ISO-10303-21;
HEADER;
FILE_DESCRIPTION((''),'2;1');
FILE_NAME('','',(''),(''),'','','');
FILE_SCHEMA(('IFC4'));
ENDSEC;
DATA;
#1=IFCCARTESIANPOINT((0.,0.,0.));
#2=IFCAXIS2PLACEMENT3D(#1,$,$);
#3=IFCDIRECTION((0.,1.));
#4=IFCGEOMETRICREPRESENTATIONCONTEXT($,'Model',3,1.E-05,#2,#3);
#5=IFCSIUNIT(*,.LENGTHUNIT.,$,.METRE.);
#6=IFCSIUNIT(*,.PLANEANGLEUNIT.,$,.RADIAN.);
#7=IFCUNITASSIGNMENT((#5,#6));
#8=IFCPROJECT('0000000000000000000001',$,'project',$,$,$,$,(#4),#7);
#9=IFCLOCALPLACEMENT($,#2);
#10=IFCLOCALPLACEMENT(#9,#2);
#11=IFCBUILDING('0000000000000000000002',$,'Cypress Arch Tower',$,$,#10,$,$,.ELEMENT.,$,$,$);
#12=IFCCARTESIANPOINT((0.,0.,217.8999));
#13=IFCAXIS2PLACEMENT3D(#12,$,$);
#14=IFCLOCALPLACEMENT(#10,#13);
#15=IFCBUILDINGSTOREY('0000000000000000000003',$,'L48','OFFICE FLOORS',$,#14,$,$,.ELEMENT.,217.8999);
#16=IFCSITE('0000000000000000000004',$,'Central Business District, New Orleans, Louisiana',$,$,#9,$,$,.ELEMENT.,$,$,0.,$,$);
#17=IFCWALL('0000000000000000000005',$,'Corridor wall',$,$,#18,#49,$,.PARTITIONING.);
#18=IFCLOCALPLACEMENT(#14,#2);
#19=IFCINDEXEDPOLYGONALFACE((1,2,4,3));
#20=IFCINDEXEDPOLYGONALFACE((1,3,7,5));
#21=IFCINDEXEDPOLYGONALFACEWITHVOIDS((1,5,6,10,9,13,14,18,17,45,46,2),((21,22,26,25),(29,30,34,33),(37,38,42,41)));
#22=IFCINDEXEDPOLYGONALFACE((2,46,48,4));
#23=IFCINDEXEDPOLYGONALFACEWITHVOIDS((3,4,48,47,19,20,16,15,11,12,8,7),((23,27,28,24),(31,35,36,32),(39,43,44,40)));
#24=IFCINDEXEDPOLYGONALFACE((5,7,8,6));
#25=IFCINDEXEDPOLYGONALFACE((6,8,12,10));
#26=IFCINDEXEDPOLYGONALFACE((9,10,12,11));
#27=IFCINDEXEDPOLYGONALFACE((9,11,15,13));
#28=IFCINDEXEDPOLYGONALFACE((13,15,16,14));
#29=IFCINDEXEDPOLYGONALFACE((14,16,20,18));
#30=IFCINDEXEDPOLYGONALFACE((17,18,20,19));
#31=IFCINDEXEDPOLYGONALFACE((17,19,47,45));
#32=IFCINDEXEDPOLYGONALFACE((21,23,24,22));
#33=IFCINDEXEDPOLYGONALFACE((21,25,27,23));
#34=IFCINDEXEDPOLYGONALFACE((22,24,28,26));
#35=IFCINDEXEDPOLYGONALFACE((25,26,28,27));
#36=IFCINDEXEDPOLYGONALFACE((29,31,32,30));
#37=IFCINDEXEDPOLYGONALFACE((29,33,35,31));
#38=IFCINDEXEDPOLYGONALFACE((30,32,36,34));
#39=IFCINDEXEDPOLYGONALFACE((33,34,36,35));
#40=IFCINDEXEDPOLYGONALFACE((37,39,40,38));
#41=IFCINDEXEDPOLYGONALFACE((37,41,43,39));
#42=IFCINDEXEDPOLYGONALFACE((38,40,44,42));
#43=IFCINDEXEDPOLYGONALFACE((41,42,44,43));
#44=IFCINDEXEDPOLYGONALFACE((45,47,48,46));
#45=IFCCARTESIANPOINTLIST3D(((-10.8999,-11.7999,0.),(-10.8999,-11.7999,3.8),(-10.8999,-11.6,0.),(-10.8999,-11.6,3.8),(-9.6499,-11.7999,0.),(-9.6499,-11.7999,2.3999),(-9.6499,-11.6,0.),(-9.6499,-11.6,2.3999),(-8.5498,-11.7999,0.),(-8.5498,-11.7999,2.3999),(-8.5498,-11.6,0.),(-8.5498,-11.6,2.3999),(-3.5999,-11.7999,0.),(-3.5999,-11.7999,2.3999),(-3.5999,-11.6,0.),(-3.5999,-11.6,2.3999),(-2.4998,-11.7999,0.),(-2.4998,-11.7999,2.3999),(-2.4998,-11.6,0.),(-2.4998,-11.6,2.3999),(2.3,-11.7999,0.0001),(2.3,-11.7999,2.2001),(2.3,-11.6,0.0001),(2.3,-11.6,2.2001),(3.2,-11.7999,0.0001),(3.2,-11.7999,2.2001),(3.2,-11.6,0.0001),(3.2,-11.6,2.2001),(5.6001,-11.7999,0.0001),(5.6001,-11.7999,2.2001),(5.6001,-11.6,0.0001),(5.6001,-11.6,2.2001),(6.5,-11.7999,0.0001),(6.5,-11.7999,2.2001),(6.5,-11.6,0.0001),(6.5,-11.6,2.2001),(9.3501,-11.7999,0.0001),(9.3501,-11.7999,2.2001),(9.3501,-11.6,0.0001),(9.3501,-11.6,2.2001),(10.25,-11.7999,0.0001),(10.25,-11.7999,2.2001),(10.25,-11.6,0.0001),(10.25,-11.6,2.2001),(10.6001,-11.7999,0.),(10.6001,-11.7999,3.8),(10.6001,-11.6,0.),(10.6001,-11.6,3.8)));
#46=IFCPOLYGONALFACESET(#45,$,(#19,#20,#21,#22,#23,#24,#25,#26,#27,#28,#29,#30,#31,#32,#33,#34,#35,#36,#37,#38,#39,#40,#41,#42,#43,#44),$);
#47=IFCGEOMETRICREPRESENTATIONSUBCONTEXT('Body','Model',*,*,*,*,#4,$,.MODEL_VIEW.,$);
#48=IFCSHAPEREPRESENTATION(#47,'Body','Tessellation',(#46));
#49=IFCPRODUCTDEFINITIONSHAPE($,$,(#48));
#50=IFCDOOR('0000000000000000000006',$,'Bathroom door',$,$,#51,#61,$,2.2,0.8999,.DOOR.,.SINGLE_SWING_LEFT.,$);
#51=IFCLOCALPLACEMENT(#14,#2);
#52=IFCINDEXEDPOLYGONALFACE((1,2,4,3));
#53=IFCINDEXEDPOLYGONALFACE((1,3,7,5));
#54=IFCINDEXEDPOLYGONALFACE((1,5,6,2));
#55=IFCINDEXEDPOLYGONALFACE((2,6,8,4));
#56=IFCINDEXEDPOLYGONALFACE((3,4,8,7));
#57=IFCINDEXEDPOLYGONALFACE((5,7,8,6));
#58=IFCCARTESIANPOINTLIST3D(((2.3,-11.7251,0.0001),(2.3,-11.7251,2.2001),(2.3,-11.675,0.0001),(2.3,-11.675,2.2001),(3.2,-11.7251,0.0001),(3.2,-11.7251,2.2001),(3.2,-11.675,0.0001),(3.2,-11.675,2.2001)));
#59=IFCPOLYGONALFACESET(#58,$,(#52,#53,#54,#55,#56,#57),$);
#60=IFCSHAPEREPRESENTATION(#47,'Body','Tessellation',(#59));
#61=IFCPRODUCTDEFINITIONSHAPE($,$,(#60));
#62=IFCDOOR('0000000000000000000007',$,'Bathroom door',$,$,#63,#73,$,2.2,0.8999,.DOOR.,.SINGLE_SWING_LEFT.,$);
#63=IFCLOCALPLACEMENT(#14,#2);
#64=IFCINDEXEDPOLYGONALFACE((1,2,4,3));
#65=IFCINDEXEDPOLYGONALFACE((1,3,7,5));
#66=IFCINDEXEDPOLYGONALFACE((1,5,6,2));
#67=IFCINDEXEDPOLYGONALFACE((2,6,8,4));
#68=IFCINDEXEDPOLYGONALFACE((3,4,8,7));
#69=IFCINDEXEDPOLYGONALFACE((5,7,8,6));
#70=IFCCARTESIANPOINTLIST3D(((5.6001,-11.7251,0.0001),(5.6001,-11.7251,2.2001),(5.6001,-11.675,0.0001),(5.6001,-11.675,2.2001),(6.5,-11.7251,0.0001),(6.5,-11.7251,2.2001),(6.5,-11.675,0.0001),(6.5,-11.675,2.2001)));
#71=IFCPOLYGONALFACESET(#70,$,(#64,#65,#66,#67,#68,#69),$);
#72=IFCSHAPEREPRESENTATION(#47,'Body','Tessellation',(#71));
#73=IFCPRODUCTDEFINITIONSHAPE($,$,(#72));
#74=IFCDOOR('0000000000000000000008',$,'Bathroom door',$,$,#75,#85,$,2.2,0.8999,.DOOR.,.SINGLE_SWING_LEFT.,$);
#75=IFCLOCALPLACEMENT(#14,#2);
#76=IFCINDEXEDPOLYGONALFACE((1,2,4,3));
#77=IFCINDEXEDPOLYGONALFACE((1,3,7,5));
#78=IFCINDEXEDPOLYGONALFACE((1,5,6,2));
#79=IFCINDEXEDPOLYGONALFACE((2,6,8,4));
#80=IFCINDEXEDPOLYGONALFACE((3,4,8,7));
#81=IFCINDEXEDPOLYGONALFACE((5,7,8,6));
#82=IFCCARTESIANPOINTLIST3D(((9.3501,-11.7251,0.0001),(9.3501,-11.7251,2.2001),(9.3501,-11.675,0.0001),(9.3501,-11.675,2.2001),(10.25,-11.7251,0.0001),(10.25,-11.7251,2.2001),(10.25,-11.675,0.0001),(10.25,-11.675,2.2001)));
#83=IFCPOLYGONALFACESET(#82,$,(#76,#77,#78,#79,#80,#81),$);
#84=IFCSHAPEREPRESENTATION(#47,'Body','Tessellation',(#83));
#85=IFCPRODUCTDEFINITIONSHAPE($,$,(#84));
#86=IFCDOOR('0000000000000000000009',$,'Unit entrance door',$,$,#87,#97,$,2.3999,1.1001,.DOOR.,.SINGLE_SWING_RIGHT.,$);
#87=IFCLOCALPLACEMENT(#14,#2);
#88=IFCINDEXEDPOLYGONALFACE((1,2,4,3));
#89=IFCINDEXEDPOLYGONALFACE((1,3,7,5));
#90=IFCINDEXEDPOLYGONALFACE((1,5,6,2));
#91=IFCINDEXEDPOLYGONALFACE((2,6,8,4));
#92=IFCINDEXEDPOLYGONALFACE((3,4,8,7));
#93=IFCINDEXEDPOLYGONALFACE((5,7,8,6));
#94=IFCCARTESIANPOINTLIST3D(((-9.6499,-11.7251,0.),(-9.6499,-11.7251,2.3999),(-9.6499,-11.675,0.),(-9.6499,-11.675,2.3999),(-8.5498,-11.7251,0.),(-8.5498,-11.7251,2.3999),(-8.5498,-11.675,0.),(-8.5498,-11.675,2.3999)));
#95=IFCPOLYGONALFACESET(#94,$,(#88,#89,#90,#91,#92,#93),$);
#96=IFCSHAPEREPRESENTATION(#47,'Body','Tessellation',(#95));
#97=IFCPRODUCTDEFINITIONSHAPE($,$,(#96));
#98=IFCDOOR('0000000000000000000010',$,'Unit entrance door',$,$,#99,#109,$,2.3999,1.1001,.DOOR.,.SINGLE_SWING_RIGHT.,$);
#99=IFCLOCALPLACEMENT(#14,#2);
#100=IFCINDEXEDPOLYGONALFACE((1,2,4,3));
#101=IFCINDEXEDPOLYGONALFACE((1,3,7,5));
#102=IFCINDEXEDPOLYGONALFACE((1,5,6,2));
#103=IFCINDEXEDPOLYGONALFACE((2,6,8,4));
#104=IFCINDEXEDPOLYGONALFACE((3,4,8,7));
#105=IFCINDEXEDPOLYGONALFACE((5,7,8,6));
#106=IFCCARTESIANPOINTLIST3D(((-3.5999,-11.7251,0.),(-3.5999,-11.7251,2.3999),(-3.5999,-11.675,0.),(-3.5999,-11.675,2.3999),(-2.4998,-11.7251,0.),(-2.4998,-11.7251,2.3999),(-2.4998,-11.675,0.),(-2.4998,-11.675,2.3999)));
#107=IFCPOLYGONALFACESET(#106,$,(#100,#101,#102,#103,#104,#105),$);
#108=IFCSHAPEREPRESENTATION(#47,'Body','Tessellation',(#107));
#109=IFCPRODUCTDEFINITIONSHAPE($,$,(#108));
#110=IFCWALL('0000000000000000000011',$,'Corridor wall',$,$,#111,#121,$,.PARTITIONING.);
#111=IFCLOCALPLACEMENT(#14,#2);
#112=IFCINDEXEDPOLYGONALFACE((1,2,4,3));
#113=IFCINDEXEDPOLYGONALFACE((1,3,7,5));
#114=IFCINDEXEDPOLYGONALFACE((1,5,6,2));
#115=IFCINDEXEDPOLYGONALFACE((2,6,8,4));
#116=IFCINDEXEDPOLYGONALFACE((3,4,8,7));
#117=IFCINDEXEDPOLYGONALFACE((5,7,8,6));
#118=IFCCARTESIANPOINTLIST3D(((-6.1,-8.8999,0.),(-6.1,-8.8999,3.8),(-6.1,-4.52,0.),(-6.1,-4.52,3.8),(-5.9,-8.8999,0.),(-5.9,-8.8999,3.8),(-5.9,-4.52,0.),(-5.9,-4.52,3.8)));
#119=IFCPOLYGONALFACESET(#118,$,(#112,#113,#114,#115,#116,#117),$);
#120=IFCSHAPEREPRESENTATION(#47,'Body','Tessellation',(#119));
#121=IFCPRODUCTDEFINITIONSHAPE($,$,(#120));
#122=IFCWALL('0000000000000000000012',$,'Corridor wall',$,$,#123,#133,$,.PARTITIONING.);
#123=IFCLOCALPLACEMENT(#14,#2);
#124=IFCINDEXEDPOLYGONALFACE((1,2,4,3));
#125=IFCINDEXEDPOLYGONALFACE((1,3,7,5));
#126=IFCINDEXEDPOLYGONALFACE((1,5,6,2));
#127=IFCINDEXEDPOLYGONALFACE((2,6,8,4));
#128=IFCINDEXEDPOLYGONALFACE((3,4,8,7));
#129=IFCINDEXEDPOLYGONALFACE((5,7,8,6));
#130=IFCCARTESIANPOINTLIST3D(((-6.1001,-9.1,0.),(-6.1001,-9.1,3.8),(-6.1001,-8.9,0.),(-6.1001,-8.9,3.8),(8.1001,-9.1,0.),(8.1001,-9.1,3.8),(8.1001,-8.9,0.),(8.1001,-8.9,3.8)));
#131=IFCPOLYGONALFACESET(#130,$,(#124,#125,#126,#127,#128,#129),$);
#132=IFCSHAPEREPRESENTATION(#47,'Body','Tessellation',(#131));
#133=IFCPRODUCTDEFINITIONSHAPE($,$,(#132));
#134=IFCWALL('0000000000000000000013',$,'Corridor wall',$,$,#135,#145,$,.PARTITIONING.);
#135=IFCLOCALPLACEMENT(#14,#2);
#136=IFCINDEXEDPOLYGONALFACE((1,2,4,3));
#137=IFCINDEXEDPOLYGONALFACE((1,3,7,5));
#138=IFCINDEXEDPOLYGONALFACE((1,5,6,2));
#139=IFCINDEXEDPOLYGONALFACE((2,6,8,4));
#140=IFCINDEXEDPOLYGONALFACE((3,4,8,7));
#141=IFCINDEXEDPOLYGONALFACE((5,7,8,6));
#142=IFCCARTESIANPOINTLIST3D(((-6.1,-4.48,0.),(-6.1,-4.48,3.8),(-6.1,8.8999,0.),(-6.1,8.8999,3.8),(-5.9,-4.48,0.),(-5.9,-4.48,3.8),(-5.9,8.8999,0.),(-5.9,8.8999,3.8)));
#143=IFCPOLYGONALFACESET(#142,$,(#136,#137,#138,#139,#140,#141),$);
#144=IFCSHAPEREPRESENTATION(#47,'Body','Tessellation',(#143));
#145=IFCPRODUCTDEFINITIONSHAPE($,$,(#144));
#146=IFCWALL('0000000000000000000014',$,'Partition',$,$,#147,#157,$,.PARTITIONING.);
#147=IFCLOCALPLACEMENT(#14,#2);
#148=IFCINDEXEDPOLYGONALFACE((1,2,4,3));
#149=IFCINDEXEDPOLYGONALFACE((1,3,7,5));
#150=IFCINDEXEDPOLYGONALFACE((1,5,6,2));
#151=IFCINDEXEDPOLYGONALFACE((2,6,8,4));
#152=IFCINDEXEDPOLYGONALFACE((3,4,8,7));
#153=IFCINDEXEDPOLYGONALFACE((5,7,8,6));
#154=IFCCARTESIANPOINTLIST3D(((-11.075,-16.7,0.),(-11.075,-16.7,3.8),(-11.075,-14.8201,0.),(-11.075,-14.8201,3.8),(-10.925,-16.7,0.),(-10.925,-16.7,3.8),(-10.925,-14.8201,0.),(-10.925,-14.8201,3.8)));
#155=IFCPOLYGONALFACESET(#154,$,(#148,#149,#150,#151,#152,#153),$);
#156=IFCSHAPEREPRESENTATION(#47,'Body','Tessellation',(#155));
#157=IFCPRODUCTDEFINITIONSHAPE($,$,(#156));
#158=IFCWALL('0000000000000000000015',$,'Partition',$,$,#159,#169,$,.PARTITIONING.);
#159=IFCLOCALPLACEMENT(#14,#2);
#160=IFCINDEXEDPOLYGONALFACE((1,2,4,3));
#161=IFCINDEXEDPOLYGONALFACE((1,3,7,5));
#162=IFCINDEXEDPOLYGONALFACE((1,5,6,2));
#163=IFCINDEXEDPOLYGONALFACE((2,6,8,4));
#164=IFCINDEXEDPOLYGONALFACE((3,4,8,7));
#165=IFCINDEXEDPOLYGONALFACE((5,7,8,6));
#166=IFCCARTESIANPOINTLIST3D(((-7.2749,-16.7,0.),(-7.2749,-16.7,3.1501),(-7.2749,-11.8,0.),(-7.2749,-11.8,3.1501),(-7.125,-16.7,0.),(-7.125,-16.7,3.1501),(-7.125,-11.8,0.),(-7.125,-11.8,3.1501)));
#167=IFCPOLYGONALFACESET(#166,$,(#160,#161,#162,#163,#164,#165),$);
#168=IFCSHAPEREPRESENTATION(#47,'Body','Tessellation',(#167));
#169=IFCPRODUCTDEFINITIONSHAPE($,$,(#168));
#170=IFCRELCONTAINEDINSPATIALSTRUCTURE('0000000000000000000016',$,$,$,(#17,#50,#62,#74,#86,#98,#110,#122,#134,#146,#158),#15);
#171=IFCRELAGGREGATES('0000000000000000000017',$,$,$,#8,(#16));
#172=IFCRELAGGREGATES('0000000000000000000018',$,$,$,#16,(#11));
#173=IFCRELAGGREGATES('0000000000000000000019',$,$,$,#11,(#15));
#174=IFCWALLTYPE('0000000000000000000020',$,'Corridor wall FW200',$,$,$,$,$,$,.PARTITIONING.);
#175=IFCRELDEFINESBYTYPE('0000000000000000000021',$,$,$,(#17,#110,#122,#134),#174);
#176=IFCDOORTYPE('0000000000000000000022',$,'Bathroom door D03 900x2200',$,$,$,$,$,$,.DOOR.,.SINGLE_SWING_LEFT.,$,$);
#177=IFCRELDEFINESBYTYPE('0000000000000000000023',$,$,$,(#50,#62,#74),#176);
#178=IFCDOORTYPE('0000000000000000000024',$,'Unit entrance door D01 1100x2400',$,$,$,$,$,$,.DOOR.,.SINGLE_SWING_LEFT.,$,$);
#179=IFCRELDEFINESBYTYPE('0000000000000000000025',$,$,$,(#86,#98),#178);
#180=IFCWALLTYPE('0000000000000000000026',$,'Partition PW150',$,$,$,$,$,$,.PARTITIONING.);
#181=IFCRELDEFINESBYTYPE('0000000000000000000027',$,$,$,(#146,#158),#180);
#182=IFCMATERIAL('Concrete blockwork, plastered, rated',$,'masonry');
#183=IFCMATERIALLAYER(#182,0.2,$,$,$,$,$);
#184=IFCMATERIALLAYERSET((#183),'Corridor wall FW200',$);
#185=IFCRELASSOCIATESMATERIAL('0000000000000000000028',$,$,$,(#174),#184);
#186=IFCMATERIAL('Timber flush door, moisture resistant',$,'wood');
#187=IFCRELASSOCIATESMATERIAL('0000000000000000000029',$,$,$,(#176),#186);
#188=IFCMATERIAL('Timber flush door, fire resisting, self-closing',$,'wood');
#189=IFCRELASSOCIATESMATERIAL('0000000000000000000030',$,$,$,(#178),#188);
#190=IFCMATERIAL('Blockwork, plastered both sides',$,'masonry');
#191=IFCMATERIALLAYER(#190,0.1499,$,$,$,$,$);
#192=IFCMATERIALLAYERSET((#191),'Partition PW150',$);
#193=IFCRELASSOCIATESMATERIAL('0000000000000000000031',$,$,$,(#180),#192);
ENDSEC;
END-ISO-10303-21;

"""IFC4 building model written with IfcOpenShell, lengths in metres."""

from ifc_helpers import new_model, si_unit, direction, frame, frame_2d, origin, place, context, subcontext, project, spatial, rectangle, extrude, material, layer, layer_set, type_object, element, fill, save


model = new_model("IFC4")

# Units and contexts
model_context = context("Model", 3, precision=1e-05, world=origin(), true_north=direction((0.0, 1.0)))
body_context = subcontext(model_context, "Body", "Model", "MODEL_VIEW")
ifc_project = project(units=[si_unit("LENGTHUNIT", "METRE"), si_unit("PLANEANGLEUNIT", "RADIAN")], contexts=[model_context])

# Site, building, storey
site_placement = place(None, origin())
site = spatial("IfcSite", under=ifc_project, at=site_placement, Name="Central Business District, New Orleans, Louisiana", CompositionType="ELEMENT", RefElevation=0.0)
building_placement = place(site_placement, origin())
building = spatial("IfcBuilding", under=site, at=building_placement, Name="Cypress Arch Tower", CompositionType="ELEMENT")
storey_placement = place(building_placement, frame((0.0, 0.0, 217.8999)))
storey = spatial("IfcBuildingStorey", under=building, at=storey_placement, Name="L48", Description="OFFICE FLOORS", CompositionType="ELEMENT", Elevation=217.8999)

# Shared definitions
ifc_material_1 = material(Name="Concrete blockwork, plastered, rated", Category="masonry")
ifc_layer_1 = layer(ifc_material_1, 0.2)
ifc_layer_set_1 = layer_set([ifc_layer_1], Name="Corridor wall FW200")
wall_type_1 = type_object("IfcWallType", Name="Corridor wall FW200", PredefinedType="PARTITIONING", material=ifc_layer_set_1)

# Wall, openings, doors
wall_1_placement = place(storey_placement, frame((-10.8999, -11.7, 0.0), z_axis=(0.0, 0.0, 1.0), x_axis=(1.0, 0.0, 0.0)))
wall_1 = element("IfcWall", 1, at=wall_1_placement, inside=storey, type_object=wall_type_1, Name="Corridor wall", PredefinedType="PARTITIONING", context=body_context, shape_type="SweptSolid", body=[
    extrude(rectangle(XDim=21.5, YDim=0.2, at=frame_2d((10.75, 0.0))), origin(), (0.0, 0.0, 1.0), 3.8),
])
opening_1_placement = place(wall_1_placement, frame((13.2, 0.0, 0.0)))
opening_1 = element("IfcOpeningElement", 2, at=opening_1_placement, cuts=wall_1, PredefinedType="OPENING", context=body_context, shape_type="SweptSolid", body=[
    extrude(rectangle(XDim=0.8999, YDim=2.2, at=frame_2d((0.45, 1.1001))), frame((0.0, 0.1099, 0.0), z_axis=(0.0, -1.0, 0.0), x_axis=(1.0, 0.0, 0.0)), (0.0, 0.0, 1.0), 0.22),
])
opening_2_placement = place(wall_1_placement, frame((16.5, 0.0, 0.0)))
opening_2 = element("IfcOpeningElement", 3, at=opening_2_placement, cuts=wall_1, PredefinedType="OPENING", context=body_context, shape_type="SweptSolid", body=[
    extrude(rectangle(XDim=0.8999, YDim=2.2, at=frame_2d((0.45, 1.1001))), frame((0.0, 0.1099, 0.0), z_axis=(0.0, -1.0, 0.0), x_axis=(1.0, 0.0, 0.0)), (0.0, 0.0, 1.0), 0.22),
])
opening_3_placement = place(wall_1_placement, frame((20.25, 0.0, 0.0)))
opening_3 = element("IfcOpeningElement", 4, at=opening_3_placement, cuts=wall_1, PredefinedType="OPENING", context=body_context, shape_type="SweptSolid", body=[
    extrude(rectangle(XDim=0.8999, YDim=2.2, at=frame_2d((0.45, 1.1001))), frame((0.0, 0.1099, 0.0), z_axis=(0.0, -1.0, 0.0), x_axis=(1.0, 0.0, 0.0)), (0.0, 0.0, 1.0), 0.22),
])
opening_4_placement = place(wall_1_placement, frame((1.25, 0.0, 0.0)))
opening_4 = element("IfcOpeningElement", 5, at=opening_4_placement, cuts=wall_1, PredefinedType="OPENING", context=body_context, shape_type="SweptSolid", body=[
    extrude(rectangle(XDim=1.1001, YDim=2.3999, at=frame_2d((0.55, 1.2))), frame((0.0, 0.1099, 0.0), z_axis=(0.0, -1.0, 0.0), x_axis=(1.0, 0.0, 0.0)), (0.0, 0.0, 1.0), 0.22),
])
opening_5_placement = place(wall_1_placement, frame((7.3, 0.0, 0.0)))
opening_5 = element("IfcOpeningElement", 6, at=opening_5_placement, cuts=wall_1, PredefinedType="OPENING", context=body_context, shape_type="SweptSolid", body=[
    extrude(rectangle(XDim=1.1001, YDim=2.3999, at=frame_2d((0.55, 1.2))), frame((0.0, 0.1099, 0.0), z_axis=(0.0, -1.0, 0.0), x_axis=(1.0, 0.0, 0.0)), (0.0, 0.0, 1.0), 0.22),
])
ifc_material_2 = material(Name="Timber flush door, moisture resistant", Category="wood")
door_type_1 = type_object("IfcDoorType", Name="Bathroom door D03 900x2200", OperationType="SINGLE_SWING_LEFT", PredefinedType="DOOR", material=ifc_material_2)
door_1_placement = place(opening_1_placement, origin())
door_1 = element("IfcDoor", 7, at=door_1_placement, inside=storey, type_object=door_type_1, Name="Bathroom door", OperationType="SINGLE_SWING_LEFT", OverallHeight=2.2, OverallWidth=0.8999, PredefinedType="DOOR", context=body_context, shape_type="SweptSolid", body=[
    extrude(rectangle(XDim=0.8999, YDim=2.2, at=frame_2d((0.45, 1.1001))), frame((0.0, 0.0249, 0.0), z_axis=(0.0, -1.0, 0.0), x_axis=(1.0, 0.0, 0.0)), (0.0, 0.0, 1.0), 0.05),
])
fill(opening_1, door_1)
door_2_placement = place(opening_2_placement, origin())
door_2 = element("IfcDoor", 8, at=door_2_placement, inside=storey, type_object=door_type_1, Name="Bathroom door", OperationType="SINGLE_SWING_LEFT", OverallHeight=2.2, OverallWidth=0.8999, PredefinedType="DOOR", context=body_context, shape_type="SweptSolid", body=[
    extrude(rectangle(XDim=0.8999, YDim=2.2, at=frame_2d((0.45, 1.1001))), frame((0.0, 0.0249, 0.0), z_axis=(0.0, -1.0, 0.0), x_axis=(1.0, 0.0, 0.0)), (0.0, 0.0, 1.0), 0.05),
])
fill(opening_2, door_2)
door_3_placement = place(opening_3_placement, origin())
door_3 = element("IfcDoor", 9, at=door_3_placement, inside=storey, type_object=door_type_1, Name="Bathroom door", OperationType="SINGLE_SWING_LEFT", OverallHeight=2.2, OverallWidth=0.8999, PredefinedType="DOOR", context=body_context, shape_type="SweptSolid", body=[
    extrude(rectangle(XDim=0.8999, YDim=2.2, at=frame_2d((0.45, 1.1001))), frame((0.0, 0.0249, 0.0), z_axis=(0.0, -1.0, 0.0), x_axis=(1.0, 0.0, 0.0)), (0.0, 0.0, 1.0), 0.05),
])
fill(opening_3, door_3)
ifc_material_3 = material(Name="Timber flush door, fire resisting, self-closing", Category="wood")
door_type_2 = type_object("IfcDoorType", Name="Unit entrance door D01 1100x2400", OperationType="SINGLE_SWING_LEFT", PredefinedType="DOOR", material=ifc_material_3)
door_4_placement = place(opening_4_placement, origin())
door_4 = element("IfcDoor", 10, at=door_4_placement, inside=storey, type_object=door_type_2, Name="Unit entrance door", OperationType="SINGLE_SWING_RIGHT", OverallHeight=2.3999, OverallWidth=1.1001, PredefinedType="DOOR", context=body_context, shape_type="SweptSolid", body=[
    extrude(rectangle(XDim=1.1001, YDim=2.3999, at=frame_2d((0.55, 1.2))), frame((0.0, 0.0249, 0.0), z_axis=(0.0, -1.0, 0.0), x_axis=(1.0, 0.0, 0.0)), (0.0, 0.0, 1.0), 0.05),
])
fill(opening_4, door_4)
door_5_placement = place(opening_5_placement, origin())
door_5 = element("IfcDoor", 11, at=door_5_placement, inside=storey, type_object=door_type_2, Name="Unit entrance door", OperationType="SINGLE_SWING_RIGHT", OverallHeight=2.3999, OverallWidth=1.1001, PredefinedType="DOOR", context=body_context, shape_type="SweptSolid", body=[
    extrude(rectangle(XDim=1.1001, YDim=2.3999, at=frame_2d((0.55, 1.2))), frame((0.0, 0.0249, 0.0), z_axis=(0.0, -1.0, 0.0), x_axis=(1.0, 0.0, 0.0)), (0.0, 0.0, 1.0), 0.05),
])
fill(opening_5, door_5)

# Walls
wall_2_placement = place(storey_placement, frame((-6.0, -8.8999, 0.0), z_axis=(0.0, 0.0, 1.0), x_axis=(0.0, 1.0, 0.0)))
element("IfcWall", 12, at=wall_2_placement, inside=storey, type_object=wall_type_1, Name="Corridor wall", PredefinedType="PARTITIONING", context=body_context, shape_type="SweptSolid", body=[
    extrude(rectangle(XDim=4.3799, YDim=0.2, at=frame_2d((2.1899, 0.0))), origin(), (0.0, 0.0, 1.0), 3.8),
])
wall_3_placement = place(storey_placement, frame((-6.1001, -9.0, 0.0), z_axis=(0.0, 0.0, 1.0), x_axis=(1.0, 0.0, 0.0)))
element("IfcWall", 13, at=wall_3_placement, inside=storey, type_object=wall_type_1, Name="Corridor wall", PredefinedType="PARTITIONING", context=body_context, shape_type="SweptSolid", body=[
    extrude(rectangle(XDim=14.2002, YDim=0.2, at=frame_2d((7.1001, 0.0))), origin(), (0.0, 0.0, 1.0), 3.8),
])
wall_4_placement = place(storey_placement, frame((-6.0, -4.48, 0.0), z_axis=(0.0, 0.0, 1.0), x_axis=(0.0, 1.0, 0.0)))
element("IfcWall", 14, at=wall_4_placement, inside=storey, type_object=wall_type_1, Name="Corridor wall", PredefinedType="PARTITIONING", context=body_context, shape_type="SweptSolid", body=[
    extrude(rectangle(XDim=13.3799, YDim=0.2, at=frame_2d((6.6899, 0.0))), origin(), (0.0, 0.0, 1.0), 3.8),
])
ifc_material_4 = material(Name="Blockwork, plastered both sides", Category="masonry")
ifc_layer_2 = layer(ifc_material_4, 0.1499)
ifc_layer_set_2 = layer_set([ifc_layer_2], Name="Partition PW150")
wall_type_2 = type_object("IfcWallType", Name="Partition PW150", PredefinedType="PARTITIONING", material=ifc_layer_set_2)
wall_5_placement = place(storey_placement, frame((-11.0, -16.7, 0.0), z_axis=(0.0, 0.0, 1.0), x_axis=(0.0, 1.0, 0.0)))
element("IfcWall", 15, at=wall_5_placement, inside=storey, type_object=wall_type_2, Name="Partition", PredefinedType="PARTITIONING", context=body_context, shape_type="SweptSolid", body=[
    extrude(rectangle(XDim=1.8799, YDim=0.1499, at=frame_2d((0.9399, 0.0))), origin(), (0.0, 0.0, 1.0), 3.8),
])
wall_6_placement = place(storey_placement, frame((-7.2, -16.7, 0.0), z_axis=(0.0, 0.0, 1.0), x_axis=(0.0, 1.0, 0.0)))
element("IfcWall", 16, at=wall_6_placement, inside=storey, type_object=wall_type_2, Name="Partition", PredefinedType="PARTITIONING", context=body_context, shape_type="SweptSolid", body=[
    extrude(rectangle(XDim=4.8999, YDim=0.1499, at=frame_2d((2.45, 0.0))), origin(), (0.0, 0.0, 1.0), 3.1501),
])

save(model, "model.ifc")
